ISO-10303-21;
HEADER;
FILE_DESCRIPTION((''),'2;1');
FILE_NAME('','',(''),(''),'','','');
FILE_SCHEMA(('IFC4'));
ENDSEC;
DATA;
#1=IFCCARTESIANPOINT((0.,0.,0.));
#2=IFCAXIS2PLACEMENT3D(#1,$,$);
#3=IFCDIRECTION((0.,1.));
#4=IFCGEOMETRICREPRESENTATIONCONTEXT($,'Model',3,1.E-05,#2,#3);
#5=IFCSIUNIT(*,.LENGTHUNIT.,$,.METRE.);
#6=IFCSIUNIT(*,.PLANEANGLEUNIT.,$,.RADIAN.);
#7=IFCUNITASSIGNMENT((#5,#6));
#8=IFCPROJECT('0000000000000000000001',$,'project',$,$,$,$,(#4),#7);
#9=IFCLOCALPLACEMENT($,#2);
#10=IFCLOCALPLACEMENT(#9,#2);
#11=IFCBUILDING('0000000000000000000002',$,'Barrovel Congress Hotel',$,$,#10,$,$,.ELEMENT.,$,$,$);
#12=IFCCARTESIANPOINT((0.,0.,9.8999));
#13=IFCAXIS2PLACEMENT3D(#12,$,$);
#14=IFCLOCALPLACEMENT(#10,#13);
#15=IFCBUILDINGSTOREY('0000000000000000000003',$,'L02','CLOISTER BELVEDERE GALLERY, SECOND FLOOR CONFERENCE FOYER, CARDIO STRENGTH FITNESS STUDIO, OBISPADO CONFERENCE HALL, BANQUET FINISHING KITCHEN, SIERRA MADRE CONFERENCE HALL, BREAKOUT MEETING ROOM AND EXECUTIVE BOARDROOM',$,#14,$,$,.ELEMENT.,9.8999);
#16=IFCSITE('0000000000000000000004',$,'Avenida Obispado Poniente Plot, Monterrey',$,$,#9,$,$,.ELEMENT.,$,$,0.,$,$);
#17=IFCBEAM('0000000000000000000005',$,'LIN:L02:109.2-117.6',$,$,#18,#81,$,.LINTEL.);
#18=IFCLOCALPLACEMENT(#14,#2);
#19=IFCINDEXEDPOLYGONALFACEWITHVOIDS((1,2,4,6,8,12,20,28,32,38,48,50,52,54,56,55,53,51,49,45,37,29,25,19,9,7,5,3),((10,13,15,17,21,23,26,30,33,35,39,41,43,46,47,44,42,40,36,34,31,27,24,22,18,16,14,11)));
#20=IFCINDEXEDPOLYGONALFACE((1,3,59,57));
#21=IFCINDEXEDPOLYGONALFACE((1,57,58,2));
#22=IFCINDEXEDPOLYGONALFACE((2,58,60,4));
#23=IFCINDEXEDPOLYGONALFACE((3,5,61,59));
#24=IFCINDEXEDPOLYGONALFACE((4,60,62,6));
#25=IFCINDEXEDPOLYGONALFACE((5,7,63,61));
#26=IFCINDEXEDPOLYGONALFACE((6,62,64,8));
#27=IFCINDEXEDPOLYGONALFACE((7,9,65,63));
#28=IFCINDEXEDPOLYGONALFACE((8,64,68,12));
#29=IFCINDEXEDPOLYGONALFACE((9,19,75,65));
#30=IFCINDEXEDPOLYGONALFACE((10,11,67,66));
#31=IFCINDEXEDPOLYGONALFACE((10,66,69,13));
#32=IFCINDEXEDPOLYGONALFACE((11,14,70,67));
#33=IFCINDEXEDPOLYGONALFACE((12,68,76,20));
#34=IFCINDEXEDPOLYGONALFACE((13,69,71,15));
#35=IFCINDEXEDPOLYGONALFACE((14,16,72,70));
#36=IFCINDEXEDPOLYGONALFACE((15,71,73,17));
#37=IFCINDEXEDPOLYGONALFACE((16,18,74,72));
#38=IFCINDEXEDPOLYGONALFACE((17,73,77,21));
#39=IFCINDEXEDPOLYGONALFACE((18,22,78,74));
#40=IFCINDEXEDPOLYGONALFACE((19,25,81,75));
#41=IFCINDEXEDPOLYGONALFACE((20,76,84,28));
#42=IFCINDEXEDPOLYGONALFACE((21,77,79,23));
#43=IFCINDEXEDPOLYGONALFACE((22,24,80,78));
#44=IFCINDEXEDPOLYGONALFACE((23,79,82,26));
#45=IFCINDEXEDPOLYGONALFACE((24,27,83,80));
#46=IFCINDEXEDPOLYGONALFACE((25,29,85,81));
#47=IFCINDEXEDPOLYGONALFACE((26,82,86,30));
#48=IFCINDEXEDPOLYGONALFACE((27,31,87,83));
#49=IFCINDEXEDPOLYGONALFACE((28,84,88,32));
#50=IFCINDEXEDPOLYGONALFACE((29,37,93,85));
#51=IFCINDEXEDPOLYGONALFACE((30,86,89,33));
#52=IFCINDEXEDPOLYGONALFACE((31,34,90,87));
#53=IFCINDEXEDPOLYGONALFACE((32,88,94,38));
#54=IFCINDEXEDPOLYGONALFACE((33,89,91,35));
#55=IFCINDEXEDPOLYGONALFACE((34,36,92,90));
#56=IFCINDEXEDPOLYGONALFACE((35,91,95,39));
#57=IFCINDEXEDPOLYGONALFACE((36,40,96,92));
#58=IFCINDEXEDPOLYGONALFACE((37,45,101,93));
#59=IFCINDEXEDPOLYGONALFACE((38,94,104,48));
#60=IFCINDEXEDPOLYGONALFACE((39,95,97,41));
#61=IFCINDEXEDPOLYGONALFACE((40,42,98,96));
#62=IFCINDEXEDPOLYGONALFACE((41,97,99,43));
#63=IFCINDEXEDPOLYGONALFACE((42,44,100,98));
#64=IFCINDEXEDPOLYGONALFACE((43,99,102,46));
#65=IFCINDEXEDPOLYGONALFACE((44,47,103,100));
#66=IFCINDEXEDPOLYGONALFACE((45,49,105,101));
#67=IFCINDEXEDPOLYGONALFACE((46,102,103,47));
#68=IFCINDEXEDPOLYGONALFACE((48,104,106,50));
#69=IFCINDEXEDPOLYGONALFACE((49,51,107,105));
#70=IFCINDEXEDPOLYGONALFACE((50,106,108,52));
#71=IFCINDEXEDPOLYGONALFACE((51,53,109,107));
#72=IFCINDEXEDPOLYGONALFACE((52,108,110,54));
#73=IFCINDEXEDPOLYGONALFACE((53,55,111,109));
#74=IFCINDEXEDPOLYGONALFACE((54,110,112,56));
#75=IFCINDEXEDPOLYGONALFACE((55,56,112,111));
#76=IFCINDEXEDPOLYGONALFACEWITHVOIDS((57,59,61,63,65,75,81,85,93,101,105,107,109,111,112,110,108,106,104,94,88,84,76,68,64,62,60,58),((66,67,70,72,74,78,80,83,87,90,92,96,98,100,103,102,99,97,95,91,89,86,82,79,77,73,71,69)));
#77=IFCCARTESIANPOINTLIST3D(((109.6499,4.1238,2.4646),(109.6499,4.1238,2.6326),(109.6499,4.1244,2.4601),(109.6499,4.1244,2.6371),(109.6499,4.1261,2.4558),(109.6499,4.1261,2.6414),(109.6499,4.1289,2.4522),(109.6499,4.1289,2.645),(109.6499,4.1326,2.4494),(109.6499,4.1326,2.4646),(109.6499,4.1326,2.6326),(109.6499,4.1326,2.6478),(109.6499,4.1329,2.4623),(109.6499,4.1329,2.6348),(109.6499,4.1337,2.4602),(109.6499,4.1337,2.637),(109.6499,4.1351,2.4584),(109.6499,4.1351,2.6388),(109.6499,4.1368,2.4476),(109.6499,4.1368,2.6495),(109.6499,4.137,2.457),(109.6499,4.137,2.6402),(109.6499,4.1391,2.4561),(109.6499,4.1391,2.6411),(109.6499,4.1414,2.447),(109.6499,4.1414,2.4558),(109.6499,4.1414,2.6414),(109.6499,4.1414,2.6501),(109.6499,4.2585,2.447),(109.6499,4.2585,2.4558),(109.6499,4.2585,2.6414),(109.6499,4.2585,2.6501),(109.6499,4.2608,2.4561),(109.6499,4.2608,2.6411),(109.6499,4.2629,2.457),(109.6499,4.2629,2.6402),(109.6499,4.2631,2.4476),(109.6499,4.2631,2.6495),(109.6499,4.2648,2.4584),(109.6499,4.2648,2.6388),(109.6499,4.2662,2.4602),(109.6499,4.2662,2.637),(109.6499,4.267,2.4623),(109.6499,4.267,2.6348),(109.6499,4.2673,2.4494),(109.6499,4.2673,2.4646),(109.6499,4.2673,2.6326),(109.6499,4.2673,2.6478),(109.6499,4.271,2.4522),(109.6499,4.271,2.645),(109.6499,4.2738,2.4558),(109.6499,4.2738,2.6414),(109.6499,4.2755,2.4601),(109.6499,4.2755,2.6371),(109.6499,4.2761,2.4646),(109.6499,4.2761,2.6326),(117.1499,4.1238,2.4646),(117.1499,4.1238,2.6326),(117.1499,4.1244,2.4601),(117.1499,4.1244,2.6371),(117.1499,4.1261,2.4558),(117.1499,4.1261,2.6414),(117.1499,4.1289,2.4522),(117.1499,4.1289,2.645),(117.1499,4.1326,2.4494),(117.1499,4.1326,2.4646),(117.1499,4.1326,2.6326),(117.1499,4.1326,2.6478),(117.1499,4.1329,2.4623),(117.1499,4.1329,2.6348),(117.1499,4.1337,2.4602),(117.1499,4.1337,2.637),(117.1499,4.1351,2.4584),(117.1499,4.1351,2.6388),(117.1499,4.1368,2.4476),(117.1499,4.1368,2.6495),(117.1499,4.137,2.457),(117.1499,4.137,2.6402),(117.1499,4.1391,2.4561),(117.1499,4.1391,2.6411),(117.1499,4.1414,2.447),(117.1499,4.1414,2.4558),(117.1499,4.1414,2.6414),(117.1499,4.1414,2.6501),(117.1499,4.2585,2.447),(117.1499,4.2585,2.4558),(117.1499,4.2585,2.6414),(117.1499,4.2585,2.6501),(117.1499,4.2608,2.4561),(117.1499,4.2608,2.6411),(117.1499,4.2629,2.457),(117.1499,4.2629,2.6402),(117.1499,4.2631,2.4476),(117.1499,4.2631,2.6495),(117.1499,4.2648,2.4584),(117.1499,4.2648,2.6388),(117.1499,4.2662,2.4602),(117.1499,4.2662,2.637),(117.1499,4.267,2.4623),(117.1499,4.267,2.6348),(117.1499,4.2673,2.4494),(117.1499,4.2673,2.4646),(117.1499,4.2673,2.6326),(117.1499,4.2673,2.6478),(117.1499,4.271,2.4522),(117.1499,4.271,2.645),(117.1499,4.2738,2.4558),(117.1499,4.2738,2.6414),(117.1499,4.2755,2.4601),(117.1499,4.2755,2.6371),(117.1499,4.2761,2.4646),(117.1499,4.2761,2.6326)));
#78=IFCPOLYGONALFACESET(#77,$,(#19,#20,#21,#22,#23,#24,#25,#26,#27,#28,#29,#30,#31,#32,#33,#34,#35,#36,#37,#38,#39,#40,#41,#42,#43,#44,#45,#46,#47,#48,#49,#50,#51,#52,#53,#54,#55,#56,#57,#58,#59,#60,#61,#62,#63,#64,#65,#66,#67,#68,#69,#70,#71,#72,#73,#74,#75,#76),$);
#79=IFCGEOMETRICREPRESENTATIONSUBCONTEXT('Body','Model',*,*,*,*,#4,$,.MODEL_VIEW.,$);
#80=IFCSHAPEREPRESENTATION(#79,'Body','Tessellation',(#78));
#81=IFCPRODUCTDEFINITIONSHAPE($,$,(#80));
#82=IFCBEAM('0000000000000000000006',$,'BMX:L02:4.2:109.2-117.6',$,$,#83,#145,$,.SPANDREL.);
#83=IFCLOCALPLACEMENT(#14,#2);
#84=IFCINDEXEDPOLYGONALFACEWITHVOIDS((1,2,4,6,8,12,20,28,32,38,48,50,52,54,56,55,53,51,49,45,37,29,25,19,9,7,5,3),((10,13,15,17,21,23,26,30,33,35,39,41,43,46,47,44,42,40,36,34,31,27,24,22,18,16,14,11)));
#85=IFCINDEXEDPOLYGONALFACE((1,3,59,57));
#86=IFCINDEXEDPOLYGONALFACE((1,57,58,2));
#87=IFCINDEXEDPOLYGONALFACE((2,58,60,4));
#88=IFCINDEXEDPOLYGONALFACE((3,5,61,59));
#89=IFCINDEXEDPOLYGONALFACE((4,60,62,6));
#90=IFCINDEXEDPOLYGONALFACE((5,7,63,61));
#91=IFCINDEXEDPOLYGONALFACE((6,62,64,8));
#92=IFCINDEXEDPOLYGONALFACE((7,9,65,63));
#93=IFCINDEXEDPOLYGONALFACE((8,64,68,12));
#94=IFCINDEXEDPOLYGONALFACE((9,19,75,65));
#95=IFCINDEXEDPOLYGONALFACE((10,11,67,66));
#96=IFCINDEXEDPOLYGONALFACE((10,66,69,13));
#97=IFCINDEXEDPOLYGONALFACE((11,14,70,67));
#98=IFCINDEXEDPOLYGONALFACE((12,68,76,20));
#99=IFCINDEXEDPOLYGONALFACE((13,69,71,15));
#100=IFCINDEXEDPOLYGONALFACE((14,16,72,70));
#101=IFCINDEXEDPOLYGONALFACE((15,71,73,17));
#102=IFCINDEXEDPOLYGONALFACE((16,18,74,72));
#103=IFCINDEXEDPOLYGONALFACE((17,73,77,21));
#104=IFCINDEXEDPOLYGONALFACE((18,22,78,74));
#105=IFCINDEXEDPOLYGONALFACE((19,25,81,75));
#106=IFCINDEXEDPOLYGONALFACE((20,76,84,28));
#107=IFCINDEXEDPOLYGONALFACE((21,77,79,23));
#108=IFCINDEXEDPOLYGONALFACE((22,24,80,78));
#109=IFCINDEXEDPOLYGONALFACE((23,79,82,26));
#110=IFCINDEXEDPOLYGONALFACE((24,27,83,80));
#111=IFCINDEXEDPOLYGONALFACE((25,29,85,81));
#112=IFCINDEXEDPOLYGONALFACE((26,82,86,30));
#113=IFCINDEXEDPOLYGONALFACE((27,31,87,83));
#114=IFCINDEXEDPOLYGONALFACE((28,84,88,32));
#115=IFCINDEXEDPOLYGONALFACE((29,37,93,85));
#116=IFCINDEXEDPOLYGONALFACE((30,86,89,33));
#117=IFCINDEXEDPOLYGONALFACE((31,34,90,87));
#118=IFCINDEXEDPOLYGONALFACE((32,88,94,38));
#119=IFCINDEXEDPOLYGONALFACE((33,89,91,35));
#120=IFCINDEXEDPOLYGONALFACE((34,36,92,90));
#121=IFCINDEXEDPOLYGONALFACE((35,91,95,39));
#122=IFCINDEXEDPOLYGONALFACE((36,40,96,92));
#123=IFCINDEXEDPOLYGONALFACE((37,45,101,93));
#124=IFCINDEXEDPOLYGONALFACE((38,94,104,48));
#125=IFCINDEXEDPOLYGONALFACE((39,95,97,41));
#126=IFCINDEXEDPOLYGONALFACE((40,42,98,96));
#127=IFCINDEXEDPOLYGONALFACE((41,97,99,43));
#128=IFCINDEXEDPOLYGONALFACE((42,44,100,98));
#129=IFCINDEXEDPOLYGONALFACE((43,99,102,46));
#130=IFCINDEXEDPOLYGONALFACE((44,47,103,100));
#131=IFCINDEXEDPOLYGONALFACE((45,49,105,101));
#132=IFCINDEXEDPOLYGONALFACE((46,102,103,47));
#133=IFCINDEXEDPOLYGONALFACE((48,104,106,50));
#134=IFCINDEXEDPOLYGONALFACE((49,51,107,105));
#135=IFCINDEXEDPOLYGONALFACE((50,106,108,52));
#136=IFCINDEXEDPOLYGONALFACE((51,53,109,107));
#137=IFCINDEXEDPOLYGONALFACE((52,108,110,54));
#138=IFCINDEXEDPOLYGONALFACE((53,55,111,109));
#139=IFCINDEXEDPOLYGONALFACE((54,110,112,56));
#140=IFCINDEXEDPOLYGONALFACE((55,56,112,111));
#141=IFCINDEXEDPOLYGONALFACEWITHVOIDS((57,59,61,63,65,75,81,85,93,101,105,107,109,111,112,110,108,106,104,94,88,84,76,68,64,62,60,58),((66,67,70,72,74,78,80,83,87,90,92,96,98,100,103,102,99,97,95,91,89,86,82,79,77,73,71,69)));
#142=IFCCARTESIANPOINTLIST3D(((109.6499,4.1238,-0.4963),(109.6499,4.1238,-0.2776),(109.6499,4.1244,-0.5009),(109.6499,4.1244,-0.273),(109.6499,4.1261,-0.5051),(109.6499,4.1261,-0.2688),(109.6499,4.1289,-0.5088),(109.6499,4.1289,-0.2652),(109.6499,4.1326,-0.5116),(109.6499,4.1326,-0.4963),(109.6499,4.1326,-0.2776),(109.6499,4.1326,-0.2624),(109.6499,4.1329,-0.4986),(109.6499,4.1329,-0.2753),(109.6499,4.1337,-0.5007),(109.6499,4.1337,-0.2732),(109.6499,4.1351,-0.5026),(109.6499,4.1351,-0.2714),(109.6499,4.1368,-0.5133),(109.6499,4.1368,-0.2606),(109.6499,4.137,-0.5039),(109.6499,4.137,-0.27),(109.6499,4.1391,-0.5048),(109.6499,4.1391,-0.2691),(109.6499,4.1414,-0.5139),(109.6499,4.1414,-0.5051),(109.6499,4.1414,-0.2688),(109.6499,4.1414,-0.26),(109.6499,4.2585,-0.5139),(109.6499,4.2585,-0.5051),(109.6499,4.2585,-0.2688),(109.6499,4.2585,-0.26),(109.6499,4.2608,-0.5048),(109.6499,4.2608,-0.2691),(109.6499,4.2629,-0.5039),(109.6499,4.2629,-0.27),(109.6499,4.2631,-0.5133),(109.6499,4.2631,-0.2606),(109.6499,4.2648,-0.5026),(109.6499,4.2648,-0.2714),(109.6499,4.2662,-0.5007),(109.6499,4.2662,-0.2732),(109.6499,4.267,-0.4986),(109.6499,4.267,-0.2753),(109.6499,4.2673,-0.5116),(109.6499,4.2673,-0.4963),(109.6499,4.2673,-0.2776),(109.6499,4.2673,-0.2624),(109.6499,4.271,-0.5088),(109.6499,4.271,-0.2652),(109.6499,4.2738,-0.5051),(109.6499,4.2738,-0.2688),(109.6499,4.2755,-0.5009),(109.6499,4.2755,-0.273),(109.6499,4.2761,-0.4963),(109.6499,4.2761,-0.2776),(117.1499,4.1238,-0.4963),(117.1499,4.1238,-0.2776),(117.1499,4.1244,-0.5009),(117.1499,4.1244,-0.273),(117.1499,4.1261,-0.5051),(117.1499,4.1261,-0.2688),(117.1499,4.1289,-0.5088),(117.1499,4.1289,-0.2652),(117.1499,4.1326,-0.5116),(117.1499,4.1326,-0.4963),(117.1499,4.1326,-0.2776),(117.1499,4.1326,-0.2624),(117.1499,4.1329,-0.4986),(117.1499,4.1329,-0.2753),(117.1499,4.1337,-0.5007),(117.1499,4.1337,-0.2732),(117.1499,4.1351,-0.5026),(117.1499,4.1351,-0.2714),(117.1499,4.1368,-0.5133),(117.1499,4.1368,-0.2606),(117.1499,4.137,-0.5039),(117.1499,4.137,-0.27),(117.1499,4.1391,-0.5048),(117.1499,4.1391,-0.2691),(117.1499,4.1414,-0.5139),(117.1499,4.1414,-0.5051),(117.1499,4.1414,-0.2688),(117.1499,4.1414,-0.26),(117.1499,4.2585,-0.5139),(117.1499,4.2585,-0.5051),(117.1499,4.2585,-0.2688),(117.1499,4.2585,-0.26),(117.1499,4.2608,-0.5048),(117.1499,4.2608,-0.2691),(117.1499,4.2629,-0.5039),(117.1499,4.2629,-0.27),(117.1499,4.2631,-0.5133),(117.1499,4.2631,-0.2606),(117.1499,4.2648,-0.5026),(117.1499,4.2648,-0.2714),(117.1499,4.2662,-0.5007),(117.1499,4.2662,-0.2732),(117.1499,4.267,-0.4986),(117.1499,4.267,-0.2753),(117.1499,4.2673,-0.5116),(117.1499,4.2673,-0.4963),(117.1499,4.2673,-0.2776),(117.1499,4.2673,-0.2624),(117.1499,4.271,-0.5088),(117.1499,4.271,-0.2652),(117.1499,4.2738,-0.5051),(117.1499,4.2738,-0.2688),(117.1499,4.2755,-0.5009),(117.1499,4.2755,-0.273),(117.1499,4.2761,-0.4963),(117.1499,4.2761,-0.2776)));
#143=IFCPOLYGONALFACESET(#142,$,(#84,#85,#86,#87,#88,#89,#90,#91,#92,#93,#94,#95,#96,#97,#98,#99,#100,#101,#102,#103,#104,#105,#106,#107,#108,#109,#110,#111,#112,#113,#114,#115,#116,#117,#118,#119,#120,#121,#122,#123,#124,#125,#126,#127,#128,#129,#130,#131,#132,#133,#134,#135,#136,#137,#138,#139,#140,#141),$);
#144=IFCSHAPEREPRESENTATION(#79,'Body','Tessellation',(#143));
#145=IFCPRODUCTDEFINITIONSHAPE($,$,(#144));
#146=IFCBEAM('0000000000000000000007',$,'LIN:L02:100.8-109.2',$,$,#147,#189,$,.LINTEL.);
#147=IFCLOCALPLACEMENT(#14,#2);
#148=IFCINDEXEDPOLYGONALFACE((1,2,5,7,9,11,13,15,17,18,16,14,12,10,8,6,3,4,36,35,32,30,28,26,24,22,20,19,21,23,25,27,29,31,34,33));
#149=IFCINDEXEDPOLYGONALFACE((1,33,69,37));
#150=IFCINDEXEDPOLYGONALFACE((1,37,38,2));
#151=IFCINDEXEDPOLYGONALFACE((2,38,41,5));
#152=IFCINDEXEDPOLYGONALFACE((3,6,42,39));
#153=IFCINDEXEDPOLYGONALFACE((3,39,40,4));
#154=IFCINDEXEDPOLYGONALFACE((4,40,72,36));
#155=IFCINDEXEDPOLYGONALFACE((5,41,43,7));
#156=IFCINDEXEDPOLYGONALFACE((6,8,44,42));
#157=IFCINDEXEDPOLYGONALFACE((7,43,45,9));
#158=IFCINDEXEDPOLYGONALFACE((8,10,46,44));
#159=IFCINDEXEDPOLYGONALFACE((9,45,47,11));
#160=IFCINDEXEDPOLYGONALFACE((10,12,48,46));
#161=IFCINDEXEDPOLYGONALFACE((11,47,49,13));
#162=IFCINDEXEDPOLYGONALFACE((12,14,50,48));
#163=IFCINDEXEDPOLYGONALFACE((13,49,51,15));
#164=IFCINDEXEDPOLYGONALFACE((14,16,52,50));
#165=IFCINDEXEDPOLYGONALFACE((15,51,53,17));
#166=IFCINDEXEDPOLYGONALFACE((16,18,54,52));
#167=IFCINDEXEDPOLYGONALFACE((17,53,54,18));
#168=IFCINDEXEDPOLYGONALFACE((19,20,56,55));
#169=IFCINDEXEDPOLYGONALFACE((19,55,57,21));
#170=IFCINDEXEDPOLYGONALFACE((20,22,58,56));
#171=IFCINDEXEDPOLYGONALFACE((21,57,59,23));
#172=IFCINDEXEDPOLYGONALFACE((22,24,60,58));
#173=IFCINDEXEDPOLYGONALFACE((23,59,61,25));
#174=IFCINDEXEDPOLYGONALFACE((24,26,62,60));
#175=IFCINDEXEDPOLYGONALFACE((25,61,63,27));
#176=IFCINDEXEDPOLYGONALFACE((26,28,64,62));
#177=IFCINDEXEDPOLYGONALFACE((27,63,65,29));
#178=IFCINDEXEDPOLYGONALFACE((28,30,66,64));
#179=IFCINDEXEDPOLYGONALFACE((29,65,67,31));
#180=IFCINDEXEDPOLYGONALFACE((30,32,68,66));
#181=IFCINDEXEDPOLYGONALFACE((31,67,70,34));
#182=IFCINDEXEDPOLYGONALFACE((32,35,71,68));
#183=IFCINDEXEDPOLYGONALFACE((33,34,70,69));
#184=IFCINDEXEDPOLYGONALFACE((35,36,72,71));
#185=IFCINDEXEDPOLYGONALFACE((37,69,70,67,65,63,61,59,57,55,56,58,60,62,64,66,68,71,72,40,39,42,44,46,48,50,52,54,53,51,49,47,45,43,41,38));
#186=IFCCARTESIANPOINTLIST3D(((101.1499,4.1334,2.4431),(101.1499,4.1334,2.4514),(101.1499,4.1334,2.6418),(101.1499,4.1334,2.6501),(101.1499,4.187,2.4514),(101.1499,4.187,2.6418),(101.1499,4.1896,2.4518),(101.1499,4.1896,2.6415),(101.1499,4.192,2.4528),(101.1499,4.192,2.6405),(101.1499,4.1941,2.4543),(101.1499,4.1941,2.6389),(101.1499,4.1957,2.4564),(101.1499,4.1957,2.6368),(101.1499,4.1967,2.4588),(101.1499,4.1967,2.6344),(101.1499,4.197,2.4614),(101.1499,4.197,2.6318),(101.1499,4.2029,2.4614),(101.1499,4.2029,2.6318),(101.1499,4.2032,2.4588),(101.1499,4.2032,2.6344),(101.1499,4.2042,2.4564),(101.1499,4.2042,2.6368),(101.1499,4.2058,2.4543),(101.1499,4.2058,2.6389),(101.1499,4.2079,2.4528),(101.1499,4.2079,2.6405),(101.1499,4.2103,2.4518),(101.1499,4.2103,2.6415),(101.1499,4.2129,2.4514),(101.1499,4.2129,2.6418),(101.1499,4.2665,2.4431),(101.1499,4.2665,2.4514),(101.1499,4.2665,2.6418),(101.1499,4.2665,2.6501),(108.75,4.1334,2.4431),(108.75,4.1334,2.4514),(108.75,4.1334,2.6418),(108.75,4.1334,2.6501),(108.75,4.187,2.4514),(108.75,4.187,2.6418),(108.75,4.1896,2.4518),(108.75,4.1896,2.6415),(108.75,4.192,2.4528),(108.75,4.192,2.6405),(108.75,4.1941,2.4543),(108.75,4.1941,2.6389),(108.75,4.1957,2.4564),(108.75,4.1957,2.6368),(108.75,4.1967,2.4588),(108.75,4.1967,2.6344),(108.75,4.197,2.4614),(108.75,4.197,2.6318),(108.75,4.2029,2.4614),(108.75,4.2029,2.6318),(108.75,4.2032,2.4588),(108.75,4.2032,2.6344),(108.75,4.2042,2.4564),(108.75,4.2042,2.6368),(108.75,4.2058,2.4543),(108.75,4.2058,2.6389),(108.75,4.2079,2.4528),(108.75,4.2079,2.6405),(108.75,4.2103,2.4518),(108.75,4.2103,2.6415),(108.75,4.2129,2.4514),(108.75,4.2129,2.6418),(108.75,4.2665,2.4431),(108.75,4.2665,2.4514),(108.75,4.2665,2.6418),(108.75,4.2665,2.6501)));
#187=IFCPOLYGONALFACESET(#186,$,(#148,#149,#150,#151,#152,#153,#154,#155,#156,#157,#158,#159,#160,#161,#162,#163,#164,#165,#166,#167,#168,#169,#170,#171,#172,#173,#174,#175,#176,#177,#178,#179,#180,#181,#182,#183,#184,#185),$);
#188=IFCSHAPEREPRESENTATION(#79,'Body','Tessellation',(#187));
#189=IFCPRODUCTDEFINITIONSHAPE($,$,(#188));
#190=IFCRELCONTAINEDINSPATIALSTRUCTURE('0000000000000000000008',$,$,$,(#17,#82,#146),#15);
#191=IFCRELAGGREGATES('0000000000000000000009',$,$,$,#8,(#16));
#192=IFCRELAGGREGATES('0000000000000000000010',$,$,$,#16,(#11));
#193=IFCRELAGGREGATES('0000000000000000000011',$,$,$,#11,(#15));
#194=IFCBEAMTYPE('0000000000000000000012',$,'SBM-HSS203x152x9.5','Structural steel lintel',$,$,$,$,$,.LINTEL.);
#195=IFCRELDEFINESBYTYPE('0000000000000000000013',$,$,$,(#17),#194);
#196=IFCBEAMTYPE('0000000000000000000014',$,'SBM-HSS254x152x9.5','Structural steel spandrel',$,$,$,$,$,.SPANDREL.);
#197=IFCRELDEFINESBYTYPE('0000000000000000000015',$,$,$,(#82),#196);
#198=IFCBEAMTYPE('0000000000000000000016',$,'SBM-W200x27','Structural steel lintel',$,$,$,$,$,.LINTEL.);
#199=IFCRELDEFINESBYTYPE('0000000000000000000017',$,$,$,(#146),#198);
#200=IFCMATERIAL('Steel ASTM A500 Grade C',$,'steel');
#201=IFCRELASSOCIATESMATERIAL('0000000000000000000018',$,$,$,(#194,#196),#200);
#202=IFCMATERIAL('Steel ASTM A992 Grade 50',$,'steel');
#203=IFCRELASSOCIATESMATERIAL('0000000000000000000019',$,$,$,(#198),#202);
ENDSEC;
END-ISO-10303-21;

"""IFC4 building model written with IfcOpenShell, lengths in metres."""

from ifc_helpers import new_model, si_unit, direction, frame, origin, origin_2d, place, context, subcontext, project, spatial, hollow_rectangle, i_section, extrude, material, material_profile, profile_set, type_object, element, save


model = new_model("IFC4")

# Units and contexts
model_context = context("Model", 3, precision=1e-05, world=origin(), true_north=direction((0.0, 1.0)))
body_context = subcontext(model_context, "Body", "Model", "MODEL_VIEW")
ifc_project = project(units=[si_unit("LENGTHUNIT", "METRE"), si_unit("PLANEANGLEUNIT", "RADIAN")], contexts=[model_context])

# Site, building, storey
site_placement = place(None, origin())
site = spatial("IfcSite", under=ifc_project, at=site_placement, Name="Avenida Obispado Poniente Plot, Monterrey", CompositionType="ELEMENT", RefElevation=0.0)
building_placement = place(site_placement, origin())
building = spatial("IfcBuilding", under=site, at=building_placement, Name="Barrovel Congress Hotel", CompositionType="ELEMENT")
storey_placement = place(building_placement, frame((0.0, 0.0, 9.8999)))
storey = spatial("IfcBuildingStorey", under=building, at=storey_placement, Name="L02", Description="CLOISTER BELVEDERE GALLERY, SECOND FLOOR CONFERENCE FOYER, CARDIO STRENGTH FITNESS STUDIO, OBISPADO CONFERENCE HALL, BANQUET FINISHING KITCHEN, SIERRA MADRE CONFERENCE HALL, BREAKOUT MEETING ROOM AND EXECUTIVE BOARDROOM", CompositionType="ELEMENT", Elevation=9.8999)

# Beams
ifc_material_1 = material(Name="Steel ASTM A500 Grade C", Category="steel")
ifc_material_profile_1 = material_profile(ifc_material_1, hollow_rectangle(XDim=0.1523, YDim=0.2031, WallThickness=0.0088, InnerFilletRadius=0.0088, OuterFilletRadius=0.0176, at=origin_2d()), Name="HSS203x152x9.5")
ifc_profile_set_1 = profile_set([ifc_material_profile_1], Name="Steel ASTM A500 Grade C")
beam_type_1 = type_object("IfcBeamType", Name="SBM-HSS203x152x9.5", Description="Structural steel lintel", PredefinedType="LINTEL", material=ifc_profile_set_1)
beam_1_placement = place(storey_placement, frame((109.6499, 4.2, 2.5486), z_axis=(1.0, 0.0, 0.0), x_axis=(0.0, 1.0, 0.0)))
element("IfcBeam", 1, at=beam_1_placement, inside=storey, type_object=beam_type_1, Name="LIN:L02:109.2-117.6", PredefinedType="LINTEL", context=body_context, shape_type="SweptSolid", body=[
    extrude(hollow_rectangle(XDim=0.1523, YDim=0.2031, WallThickness=0.0088, InnerFilletRadius=0.0088, OuterFilletRadius=0.0176, at=origin_2d()), origin(), (0.0, 0.0, 1.0), 7.5),
])
ifc_material_profile_2 = material_profile(ifc_material_1, hollow_rectangle(XDim=0.1523, YDim=0.2539, WallThickness=0.0088, InnerFilletRadius=0.0088, OuterFilletRadius=0.0176, at=origin_2d()), Name="HSS254x152x9.5")
ifc_profile_set_2 = profile_set([ifc_material_profile_2], Name="Steel ASTM A500 Grade C")
beam_type_2 = type_object("IfcBeamType", Name="SBM-HSS254x152x9.5", Description="Structural steel spandrel", PredefinedType="SPANDREL", material=ifc_profile_set_2)
beam_2_placement = place(storey_placement, frame((109.6499, 4.2, -0.387), z_axis=(1.0, 0.0, 0.0), x_axis=(0.0, 1.0, 0.0)))
element("IfcBeam", 2, at=beam_2_placement, inside=storey, type_object=beam_type_2, Name="BMX:L02:4.2:109.2-117.6", PredefinedType="SPANDREL", context=body_context, shape_type="SweptSolid", body=[
    extrude(hollow_rectangle(XDim=0.1523, YDim=0.2539, WallThickness=0.0088, InnerFilletRadius=0.0088, OuterFilletRadius=0.0176, at=origin_2d()), origin(), (0.0, 0.0, 1.0), 7.5),
])
ifc_material_2 = material(Name="Steel ASTM A992 Grade 50", Category="steel")
ifc_material_profile_3 = material_profile(ifc_material_2, i_section(OverallWidth=0.1331, OverallDepth=0.207, WebThickness=0.0059, FlangeThickness=0.0083, FilletRadius=0.01, at=origin_2d()), Name="W200x27")
ifc_profile_set_3 = profile_set([ifc_material_profile_3], Name="Steel ASTM A992 Grade 50")
beam_type_3 = type_object("IfcBeamType", Name="SBM-W200x27", Description="Structural steel lintel", PredefinedType="LINTEL", material=ifc_profile_set_3)
beam_3_placement = place(storey_placement, frame((101.1499, 4.2, 2.5466), z_axis=(1.0, 0.0, 0.0), x_axis=(0.0, 1.0, 0.0)))
element("IfcBeam", 3, at=beam_3_placement, inside=storey, type_object=beam_type_3, Name="LIN:L02:100.8-109.2", PredefinedType="LINTEL", context=body_context, shape_type="SweptSolid", body=[
    extrude(i_section(OverallWidth=0.1331, OverallDepth=0.207, WebThickness=0.0059, FlangeThickness=0.0083, FilletRadius=0.01, at=origin_2d()), origin(), (0.0, 0.0, 1.0), 7.6001),
])

save(model, "model.ifc")
